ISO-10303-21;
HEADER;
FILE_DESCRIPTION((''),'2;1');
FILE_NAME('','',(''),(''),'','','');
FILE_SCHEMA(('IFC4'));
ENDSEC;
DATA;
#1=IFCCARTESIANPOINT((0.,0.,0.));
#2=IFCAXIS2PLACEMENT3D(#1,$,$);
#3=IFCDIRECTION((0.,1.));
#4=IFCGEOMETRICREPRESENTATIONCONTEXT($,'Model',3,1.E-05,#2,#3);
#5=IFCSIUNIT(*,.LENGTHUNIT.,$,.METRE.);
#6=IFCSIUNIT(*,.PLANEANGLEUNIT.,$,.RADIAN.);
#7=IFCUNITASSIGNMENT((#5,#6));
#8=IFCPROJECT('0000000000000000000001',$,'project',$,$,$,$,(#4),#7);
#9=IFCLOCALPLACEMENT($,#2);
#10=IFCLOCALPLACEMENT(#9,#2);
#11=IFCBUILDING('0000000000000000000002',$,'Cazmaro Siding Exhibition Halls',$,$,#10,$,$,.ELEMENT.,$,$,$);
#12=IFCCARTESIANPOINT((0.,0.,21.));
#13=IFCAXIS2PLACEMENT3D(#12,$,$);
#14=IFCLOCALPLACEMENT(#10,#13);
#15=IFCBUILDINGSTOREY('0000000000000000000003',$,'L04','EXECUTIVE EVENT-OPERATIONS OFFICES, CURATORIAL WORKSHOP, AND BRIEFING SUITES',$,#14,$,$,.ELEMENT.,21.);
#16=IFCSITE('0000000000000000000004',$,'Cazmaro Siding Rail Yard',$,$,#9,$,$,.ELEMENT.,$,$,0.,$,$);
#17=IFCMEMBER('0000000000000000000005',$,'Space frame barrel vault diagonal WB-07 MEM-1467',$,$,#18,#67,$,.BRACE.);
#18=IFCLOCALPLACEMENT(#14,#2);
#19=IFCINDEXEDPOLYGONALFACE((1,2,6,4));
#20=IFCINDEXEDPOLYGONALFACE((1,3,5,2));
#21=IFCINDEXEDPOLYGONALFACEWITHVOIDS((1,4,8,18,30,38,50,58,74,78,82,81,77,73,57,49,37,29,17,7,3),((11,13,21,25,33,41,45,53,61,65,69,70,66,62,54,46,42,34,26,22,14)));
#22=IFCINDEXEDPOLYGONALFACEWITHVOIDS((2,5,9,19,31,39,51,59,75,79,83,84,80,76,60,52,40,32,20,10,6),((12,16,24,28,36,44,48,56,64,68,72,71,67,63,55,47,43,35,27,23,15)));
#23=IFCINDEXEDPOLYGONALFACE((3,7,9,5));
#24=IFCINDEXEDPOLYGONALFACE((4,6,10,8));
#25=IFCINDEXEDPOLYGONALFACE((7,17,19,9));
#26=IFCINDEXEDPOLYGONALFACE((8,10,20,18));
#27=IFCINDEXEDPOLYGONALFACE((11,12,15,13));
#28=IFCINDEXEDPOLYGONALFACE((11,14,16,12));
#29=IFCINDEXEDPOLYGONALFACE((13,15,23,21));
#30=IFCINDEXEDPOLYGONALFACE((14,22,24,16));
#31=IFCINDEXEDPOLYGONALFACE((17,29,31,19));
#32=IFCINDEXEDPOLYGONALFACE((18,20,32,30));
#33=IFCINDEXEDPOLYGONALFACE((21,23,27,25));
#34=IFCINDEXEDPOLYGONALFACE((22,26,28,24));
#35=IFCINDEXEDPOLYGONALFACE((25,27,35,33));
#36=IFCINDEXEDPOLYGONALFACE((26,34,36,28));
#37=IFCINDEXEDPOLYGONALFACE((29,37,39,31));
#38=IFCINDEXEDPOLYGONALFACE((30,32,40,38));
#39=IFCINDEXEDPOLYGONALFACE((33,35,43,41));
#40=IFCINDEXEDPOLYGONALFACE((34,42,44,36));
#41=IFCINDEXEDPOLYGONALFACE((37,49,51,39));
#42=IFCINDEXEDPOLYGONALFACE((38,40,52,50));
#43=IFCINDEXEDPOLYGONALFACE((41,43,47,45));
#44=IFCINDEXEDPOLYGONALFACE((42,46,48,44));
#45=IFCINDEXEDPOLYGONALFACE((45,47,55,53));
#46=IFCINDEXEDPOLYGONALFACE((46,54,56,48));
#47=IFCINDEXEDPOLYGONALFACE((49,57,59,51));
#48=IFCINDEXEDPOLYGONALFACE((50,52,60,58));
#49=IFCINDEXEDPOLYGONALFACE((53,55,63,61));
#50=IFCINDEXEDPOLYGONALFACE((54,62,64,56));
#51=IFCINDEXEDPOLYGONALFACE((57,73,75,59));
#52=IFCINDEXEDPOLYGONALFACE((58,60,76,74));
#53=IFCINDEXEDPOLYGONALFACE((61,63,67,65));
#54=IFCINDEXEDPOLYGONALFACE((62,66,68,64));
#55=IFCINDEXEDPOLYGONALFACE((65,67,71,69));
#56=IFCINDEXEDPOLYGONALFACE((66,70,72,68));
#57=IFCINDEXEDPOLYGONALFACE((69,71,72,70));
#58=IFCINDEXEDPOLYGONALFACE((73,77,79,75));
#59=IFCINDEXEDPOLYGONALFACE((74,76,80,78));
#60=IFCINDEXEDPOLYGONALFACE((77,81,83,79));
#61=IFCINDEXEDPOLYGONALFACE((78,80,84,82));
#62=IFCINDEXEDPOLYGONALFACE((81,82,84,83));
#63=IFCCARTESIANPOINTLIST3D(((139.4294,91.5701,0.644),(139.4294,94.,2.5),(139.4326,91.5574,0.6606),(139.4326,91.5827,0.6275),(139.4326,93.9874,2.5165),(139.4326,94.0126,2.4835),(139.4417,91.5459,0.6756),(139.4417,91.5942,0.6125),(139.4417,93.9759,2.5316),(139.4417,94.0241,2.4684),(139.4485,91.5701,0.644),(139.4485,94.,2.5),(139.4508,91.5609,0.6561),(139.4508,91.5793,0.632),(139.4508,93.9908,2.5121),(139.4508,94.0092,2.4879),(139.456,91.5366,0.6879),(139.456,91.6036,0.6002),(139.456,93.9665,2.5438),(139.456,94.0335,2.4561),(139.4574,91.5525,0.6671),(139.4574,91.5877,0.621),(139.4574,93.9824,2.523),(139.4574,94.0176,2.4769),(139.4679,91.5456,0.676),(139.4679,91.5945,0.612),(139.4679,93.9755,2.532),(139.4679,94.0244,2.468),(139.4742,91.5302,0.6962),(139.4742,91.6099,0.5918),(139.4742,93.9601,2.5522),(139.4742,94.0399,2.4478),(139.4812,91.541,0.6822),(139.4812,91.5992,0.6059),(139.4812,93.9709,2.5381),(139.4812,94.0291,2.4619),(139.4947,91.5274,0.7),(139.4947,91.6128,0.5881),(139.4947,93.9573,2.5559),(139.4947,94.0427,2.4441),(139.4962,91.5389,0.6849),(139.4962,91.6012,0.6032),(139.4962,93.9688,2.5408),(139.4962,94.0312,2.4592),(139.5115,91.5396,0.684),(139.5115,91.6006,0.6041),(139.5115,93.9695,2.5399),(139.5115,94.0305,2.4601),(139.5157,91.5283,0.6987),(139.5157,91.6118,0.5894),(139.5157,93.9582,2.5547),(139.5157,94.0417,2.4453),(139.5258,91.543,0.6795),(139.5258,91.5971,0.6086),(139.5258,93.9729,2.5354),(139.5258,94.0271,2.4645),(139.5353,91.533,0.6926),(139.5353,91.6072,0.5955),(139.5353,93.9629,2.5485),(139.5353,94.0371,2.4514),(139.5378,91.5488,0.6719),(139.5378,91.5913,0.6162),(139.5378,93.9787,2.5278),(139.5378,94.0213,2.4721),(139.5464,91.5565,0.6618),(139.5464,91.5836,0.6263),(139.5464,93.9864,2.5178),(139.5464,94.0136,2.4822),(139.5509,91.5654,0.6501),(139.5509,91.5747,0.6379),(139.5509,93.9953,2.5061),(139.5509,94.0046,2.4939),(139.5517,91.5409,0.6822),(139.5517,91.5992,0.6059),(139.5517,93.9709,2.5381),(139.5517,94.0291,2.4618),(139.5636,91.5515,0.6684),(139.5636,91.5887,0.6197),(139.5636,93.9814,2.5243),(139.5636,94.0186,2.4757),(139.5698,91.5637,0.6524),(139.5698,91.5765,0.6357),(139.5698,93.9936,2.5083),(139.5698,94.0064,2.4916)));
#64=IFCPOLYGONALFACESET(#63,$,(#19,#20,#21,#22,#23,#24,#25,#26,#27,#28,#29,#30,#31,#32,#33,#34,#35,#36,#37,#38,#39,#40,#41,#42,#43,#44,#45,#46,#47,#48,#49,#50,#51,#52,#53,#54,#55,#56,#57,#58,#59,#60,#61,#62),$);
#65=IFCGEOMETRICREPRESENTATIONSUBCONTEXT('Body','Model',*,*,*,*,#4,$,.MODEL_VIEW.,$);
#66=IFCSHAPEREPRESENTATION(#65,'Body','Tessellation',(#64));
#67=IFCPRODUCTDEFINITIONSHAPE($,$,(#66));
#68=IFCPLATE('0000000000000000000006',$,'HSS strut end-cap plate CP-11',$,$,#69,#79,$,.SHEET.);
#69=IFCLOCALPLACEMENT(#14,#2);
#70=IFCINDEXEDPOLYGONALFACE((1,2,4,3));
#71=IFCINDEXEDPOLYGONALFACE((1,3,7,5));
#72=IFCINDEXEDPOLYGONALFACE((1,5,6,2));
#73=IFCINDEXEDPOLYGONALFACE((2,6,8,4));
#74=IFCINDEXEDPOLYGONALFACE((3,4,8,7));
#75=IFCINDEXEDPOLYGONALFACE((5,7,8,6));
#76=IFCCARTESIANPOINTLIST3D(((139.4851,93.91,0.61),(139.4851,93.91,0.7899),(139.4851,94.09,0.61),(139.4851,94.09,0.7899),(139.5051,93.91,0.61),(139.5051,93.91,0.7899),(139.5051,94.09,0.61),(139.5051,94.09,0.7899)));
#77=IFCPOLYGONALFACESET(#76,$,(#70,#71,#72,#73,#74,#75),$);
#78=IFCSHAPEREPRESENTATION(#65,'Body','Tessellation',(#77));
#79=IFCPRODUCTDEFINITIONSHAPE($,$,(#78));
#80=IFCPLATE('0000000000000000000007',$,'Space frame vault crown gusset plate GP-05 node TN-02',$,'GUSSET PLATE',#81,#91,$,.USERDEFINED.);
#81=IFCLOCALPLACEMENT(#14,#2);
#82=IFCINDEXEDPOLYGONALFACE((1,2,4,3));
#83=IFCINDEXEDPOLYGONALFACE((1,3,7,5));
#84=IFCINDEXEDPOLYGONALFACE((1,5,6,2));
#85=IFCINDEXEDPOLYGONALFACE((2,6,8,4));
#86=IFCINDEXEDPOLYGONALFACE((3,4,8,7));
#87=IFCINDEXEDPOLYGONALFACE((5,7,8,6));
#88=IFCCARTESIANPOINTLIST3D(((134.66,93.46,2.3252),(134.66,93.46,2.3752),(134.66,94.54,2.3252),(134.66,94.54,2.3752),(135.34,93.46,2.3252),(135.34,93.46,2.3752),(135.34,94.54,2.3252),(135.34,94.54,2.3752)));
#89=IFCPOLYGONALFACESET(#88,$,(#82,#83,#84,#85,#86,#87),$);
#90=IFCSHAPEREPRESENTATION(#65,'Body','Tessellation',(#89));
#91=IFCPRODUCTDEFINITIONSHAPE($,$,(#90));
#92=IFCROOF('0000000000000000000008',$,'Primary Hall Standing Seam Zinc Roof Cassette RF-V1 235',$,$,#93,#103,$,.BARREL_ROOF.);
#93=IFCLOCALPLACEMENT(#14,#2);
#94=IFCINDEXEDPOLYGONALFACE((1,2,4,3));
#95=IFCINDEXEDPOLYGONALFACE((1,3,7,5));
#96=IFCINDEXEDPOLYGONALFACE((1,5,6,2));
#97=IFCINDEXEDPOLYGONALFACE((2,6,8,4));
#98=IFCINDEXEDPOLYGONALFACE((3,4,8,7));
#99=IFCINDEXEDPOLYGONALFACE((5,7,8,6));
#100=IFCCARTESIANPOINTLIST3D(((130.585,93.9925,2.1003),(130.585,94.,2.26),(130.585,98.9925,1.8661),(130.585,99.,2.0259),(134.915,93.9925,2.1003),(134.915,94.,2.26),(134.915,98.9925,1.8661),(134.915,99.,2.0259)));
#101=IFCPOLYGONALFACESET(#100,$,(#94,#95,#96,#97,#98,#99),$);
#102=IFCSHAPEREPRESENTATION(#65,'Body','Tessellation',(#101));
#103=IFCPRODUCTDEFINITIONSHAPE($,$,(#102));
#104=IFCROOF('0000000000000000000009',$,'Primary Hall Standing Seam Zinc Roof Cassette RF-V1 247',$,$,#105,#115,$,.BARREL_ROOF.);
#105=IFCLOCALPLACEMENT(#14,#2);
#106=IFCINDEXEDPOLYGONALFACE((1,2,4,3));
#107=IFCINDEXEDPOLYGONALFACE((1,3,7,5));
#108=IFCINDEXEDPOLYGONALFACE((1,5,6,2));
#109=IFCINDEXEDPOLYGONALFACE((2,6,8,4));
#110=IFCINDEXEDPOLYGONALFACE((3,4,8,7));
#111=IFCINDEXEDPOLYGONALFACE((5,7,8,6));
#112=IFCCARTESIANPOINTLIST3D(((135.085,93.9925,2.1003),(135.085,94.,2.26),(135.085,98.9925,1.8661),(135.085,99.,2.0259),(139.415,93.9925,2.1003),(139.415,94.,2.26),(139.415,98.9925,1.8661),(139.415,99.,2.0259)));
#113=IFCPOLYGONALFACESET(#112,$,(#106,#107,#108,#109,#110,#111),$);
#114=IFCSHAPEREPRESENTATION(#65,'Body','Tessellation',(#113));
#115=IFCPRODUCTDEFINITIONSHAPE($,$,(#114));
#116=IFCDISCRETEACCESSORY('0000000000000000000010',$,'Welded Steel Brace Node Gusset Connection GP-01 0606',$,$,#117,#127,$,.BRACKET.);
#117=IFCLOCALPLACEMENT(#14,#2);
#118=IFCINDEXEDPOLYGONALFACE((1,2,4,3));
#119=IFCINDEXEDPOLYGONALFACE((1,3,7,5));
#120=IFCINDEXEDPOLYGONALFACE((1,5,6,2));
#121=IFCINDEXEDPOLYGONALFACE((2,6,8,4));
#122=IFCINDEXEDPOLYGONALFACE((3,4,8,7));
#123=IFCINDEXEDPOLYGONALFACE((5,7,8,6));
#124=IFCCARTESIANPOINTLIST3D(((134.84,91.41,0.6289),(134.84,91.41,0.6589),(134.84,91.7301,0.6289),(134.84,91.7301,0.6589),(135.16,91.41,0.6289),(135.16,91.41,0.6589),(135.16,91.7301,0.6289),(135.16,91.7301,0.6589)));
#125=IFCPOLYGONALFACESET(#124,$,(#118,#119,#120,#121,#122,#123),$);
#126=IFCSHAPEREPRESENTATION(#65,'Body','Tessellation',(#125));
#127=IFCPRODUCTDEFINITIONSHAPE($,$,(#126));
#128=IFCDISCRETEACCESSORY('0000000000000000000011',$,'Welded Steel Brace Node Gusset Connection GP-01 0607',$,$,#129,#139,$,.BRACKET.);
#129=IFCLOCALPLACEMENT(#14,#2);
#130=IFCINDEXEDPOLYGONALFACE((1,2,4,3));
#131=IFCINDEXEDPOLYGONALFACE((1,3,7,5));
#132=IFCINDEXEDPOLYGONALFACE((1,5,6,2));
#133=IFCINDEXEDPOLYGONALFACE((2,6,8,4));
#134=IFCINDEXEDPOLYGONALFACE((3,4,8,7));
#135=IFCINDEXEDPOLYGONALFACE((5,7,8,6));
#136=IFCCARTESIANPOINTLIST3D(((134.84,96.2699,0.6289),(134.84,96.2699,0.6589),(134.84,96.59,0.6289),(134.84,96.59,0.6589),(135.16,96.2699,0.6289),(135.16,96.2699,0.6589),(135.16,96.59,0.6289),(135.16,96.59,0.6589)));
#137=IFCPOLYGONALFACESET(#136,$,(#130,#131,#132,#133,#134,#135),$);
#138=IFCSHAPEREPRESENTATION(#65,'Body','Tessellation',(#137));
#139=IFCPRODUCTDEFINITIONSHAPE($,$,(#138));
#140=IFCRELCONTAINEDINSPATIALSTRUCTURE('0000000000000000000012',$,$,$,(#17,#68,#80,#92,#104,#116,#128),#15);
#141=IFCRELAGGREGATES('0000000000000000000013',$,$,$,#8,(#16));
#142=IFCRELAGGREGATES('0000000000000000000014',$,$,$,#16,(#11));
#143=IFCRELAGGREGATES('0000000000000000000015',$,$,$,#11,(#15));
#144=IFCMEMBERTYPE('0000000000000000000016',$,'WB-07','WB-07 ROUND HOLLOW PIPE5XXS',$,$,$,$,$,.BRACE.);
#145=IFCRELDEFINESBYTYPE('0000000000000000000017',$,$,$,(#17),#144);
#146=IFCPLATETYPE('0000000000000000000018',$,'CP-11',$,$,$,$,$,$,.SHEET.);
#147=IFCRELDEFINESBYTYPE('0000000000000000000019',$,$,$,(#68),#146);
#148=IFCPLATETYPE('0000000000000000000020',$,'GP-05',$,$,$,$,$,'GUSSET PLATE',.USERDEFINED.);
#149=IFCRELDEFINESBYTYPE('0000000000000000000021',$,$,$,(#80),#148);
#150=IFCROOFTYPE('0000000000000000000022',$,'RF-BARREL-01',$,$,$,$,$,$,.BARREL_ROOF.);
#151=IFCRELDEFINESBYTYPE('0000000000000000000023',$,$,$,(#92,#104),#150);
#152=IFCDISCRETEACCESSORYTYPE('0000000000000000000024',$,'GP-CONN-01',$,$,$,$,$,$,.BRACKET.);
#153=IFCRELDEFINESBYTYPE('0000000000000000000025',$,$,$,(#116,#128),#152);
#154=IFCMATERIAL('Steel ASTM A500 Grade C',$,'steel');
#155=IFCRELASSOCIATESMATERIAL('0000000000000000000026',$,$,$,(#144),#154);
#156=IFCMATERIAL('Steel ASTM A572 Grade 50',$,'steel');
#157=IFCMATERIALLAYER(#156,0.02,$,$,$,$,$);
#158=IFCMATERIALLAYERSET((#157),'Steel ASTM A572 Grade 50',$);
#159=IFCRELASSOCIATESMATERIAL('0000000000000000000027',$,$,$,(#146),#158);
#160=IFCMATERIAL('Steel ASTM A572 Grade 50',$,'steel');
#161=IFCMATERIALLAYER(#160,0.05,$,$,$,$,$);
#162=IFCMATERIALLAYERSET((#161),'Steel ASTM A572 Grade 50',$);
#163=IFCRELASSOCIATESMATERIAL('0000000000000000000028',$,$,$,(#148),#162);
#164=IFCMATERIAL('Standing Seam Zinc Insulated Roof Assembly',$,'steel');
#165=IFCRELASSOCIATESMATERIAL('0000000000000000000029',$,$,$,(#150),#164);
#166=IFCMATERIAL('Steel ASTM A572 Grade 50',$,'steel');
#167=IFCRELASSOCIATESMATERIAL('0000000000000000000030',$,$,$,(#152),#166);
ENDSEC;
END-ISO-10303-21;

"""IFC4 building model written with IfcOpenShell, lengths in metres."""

from ifc_helpers import new_model, si_unit, direction, frame, origin, origin_2d, place, context, subcontext, project, spatial, polyline, rectangle, hollow_circle, outline, extrude, material, layer, layer_set, material_profile, profile_set, type_object, element, save


model = new_model("IFC4")

# Units and contexts
model_context = context("Model", 3, precision=1e-05, world=origin(), true_north=direction((0.0, 1.0)))
body_context = subcontext(model_context, "Body", "Model", "MODEL_VIEW")
ifc_project = project(units=[si_unit("LENGTHUNIT", "METRE"), si_unit("PLANEANGLEUNIT", "RADIAN")], contexts=[model_context])

# Site, building, storey
site_placement = place(None, origin())
site = spatial("IfcSite", under=ifc_project, at=site_placement, Name="Cazmaro Siding Rail Yard", CompositionType="ELEMENT", RefElevation=0.0)
building_placement = place(site_placement, origin())
building = spatial("IfcBuilding", under=site, at=building_placement, Name="Cazmaro Siding Exhibition Halls", CompositionType="ELEMENT")
storey_placement = place(building_placement, frame((0.0, 0.0, 21.0)))
storey = spatial("IfcBuildingStorey", under=building, at=storey_placement, Name="L04", Description="EXECUTIVE EVENT-OPERATIONS OFFICES, CURATORIAL WORKSHOP, AND BRIEFING SUITES", CompositionType="ELEMENT", Elevation=21.0)

# Member
ifc_material_1 = material(Name="Steel ASTM A500 Grade C", Category="steel")
ifc_material_profile_1 = material_profile(ifc_material_1, hollow_circle(Radius=0.0706, WallThickness=0.019, at=origin_2d()), Name="PIPE5XXS")
ifc_profile_set_1 = profile_set([ifc_material_profile_1], Name="Steel ASTM A500 Grade C")
member_type_1 = type_object("IfcMemberType", Name="WB-07", Description="WB-07 ROUND HOLLOW PIPE5XXS", PredefinedType="BRACE", material=ifc_profile_set_1)
for number, where, z_axis, x_axis, name in (
    (1, (139.5, 91.5701, 0.644), (0.0, 0.794709, 0.606991), (-1.0, 0.0, 0.0), "Space frame barrel vault diagonal WB-07 MEM-1467"),
):
    element("IfcMember", number, at=place(storey_placement, frame(where, z_axis=z_axis, x_axis=x_axis)), inside=storey, type_object=member_type_1, Name=name, PredefinedType="BRACE", context=body_context, shape_type="SweptSolid", body=[
        extrude(hollow_circle(Radius=0.0706, WallThickness=0.019, at=origin_2d()), origin(), (0.0, 0.0, 1.0), 3.0576),
    ])

# Plates
ifc_material_2 = material(Name="Steel ASTM A572 Grade 50", Category="steel")
ifc_layer_1 = layer(ifc_material_2, 0.02)
ifc_layer_set_1 = layer_set([ifc_layer_1], Name="Steel ASTM A572 Grade 50")
plate_type_1 = type_object("IfcPlateType", Name="CP-11", PredefinedType="SHEET", material=ifc_layer_set_1)
plate_1_placement = place(storey_placement, frame((139.4851, 94.0, 0.7), z_axis=(1.0, 0.0, 0.0), x_axis=(0.0, 1.0, 0.0)))
element("IfcPlate", 2, at=plate_1_placement, inside=storey, type_object=plate_type_1, Name="HSS strut end-cap plate CP-11", PredefinedType="SHEET", context=body_context, shape_type="SweptSolid", body=[
    extrude(rectangle(XDim=0.1799, YDim=0.1799, at=origin_2d()), origin(), (0.0, 0.0, 1.0), 0.02),
])
ifc_material_3 = material(Name="Steel ASTM A572 Grade 50", Category="steel")
ifc_layer_2 = layer(ifc_material_3, 0.05)
ifc_layer_set_2 = layer_set([ifc_layer_2], Name="Steel ASTM A572 Grade 50")
plate_type_2 = type_object("IfcPlateType", Name="GP-05", ElementType="GUSSET PLATE", PredefinedType="USERDEFINED", material=ifc_layer_set_2)
plate_2_placement = place(storey_placement, frame((135.0, 94.0, 2.3252), z_axis=(0.0, 0.0, 1.0), x_axis=(0.0, 1.0, 0.0)))
element("IfcPlate", 3, at=plate_2_placement, inside=storey, type_object=plate_type_2, Name="Space frame vault crown gusset plate GP-05 node TN-02", ObjectType="GUSSET PLATE", PredefinedType="USERDEFINED", context=body_context, shape_type="SweptSolid", body=[
    extrude(rectangle(XDim=1.0801, YDim=0.6799, at=origin_2d()), origin(), (0.0, 0.0, 1.0), 0.05),
])

# Roofs
ifc_material_4 = material(Name="Standing Seam Zinc Insulated Roof Assembly", Category="steel")
roof_type = type_object("IfcRoofType", Name="RF-BARREL-01", PredefinedType="BARREL_ROOF", material=ifc_material_4)
for number, where, z_axis, x_axis, name in (
    (4, (130.585, 94.0, 2.26), (0.0, 0.046775, 0.998905), (1.0, 0.0, 0.0), "Primary Hall Standing Seam Zinc Roof Cassette RF-V1 235"),
    (5, (135.085, 94.0, 2.26), (0.0, 0.046775, 0.998905), (1.0, 0.0, 0.0), "Primary Hall Standing Seam Zinc Roof Cassette RF-V1 247"),
):
    element("IfcRoof", number, at=place(storey_placement, frame(where, z_axis=z_axis, x_axis=x_axis)), inside=storey, type_object=roof_type, Name=name, PredefinedType="BARREL_ROOF", context=body_context, shape_type="SweptSolid", body=[
        extrude(outline(polyline([(0.0, 0.0), (4.3301, 0.0), (4.3301, 5.0055), (0.0, 5.0055), (0.0, 0.0)])), origin(), (0.0, 0.0, -1.0), 0.1599),
    ])

# Discrete accessories
ifc_material_5 = material(Name="Steel ASTM A572 Grade 50", Category="steel")
discrete_accessory_type = type_object("IfcDiscreteAccessoryType", Name="GP-CONN-01", PredefinedType="BRACKET", material=ifc_material_5)
for number, where, z_axis, x_axis, name in (
    (6, (135.0, 91.5701, 0.6289), (0.0, 0.0, 1.0), (1.0, 0.0, 0.0), "Welded Steel Brace Node Gusset Connection GP-01 0606"),
    (7, (135.0, 96.4299, 0.6289), (0.0, 0.0, 1.0), (1.0, 0.0, 0.0), "Welded Steel Brace Node Gusset Connection GP-01 0607"),
):
    element("IfcDiscreteAccessory", number, at=place(storey_placement, frame(where, z_axis=z_axis, x_axis=x_axis)), inside=storey, type_object=discrete_accessory_type, Name=name, PredefinedType="BRACKET", context=body_context, shape_type="SweptSolid", body=[
        extrude(rectangle(XDim=0.3201, YDim=0.3201, at=origin_2d()), origin(), (0.0, 0.0, 1.0), 0.03),
    ])

save(model, "model.ifc")
